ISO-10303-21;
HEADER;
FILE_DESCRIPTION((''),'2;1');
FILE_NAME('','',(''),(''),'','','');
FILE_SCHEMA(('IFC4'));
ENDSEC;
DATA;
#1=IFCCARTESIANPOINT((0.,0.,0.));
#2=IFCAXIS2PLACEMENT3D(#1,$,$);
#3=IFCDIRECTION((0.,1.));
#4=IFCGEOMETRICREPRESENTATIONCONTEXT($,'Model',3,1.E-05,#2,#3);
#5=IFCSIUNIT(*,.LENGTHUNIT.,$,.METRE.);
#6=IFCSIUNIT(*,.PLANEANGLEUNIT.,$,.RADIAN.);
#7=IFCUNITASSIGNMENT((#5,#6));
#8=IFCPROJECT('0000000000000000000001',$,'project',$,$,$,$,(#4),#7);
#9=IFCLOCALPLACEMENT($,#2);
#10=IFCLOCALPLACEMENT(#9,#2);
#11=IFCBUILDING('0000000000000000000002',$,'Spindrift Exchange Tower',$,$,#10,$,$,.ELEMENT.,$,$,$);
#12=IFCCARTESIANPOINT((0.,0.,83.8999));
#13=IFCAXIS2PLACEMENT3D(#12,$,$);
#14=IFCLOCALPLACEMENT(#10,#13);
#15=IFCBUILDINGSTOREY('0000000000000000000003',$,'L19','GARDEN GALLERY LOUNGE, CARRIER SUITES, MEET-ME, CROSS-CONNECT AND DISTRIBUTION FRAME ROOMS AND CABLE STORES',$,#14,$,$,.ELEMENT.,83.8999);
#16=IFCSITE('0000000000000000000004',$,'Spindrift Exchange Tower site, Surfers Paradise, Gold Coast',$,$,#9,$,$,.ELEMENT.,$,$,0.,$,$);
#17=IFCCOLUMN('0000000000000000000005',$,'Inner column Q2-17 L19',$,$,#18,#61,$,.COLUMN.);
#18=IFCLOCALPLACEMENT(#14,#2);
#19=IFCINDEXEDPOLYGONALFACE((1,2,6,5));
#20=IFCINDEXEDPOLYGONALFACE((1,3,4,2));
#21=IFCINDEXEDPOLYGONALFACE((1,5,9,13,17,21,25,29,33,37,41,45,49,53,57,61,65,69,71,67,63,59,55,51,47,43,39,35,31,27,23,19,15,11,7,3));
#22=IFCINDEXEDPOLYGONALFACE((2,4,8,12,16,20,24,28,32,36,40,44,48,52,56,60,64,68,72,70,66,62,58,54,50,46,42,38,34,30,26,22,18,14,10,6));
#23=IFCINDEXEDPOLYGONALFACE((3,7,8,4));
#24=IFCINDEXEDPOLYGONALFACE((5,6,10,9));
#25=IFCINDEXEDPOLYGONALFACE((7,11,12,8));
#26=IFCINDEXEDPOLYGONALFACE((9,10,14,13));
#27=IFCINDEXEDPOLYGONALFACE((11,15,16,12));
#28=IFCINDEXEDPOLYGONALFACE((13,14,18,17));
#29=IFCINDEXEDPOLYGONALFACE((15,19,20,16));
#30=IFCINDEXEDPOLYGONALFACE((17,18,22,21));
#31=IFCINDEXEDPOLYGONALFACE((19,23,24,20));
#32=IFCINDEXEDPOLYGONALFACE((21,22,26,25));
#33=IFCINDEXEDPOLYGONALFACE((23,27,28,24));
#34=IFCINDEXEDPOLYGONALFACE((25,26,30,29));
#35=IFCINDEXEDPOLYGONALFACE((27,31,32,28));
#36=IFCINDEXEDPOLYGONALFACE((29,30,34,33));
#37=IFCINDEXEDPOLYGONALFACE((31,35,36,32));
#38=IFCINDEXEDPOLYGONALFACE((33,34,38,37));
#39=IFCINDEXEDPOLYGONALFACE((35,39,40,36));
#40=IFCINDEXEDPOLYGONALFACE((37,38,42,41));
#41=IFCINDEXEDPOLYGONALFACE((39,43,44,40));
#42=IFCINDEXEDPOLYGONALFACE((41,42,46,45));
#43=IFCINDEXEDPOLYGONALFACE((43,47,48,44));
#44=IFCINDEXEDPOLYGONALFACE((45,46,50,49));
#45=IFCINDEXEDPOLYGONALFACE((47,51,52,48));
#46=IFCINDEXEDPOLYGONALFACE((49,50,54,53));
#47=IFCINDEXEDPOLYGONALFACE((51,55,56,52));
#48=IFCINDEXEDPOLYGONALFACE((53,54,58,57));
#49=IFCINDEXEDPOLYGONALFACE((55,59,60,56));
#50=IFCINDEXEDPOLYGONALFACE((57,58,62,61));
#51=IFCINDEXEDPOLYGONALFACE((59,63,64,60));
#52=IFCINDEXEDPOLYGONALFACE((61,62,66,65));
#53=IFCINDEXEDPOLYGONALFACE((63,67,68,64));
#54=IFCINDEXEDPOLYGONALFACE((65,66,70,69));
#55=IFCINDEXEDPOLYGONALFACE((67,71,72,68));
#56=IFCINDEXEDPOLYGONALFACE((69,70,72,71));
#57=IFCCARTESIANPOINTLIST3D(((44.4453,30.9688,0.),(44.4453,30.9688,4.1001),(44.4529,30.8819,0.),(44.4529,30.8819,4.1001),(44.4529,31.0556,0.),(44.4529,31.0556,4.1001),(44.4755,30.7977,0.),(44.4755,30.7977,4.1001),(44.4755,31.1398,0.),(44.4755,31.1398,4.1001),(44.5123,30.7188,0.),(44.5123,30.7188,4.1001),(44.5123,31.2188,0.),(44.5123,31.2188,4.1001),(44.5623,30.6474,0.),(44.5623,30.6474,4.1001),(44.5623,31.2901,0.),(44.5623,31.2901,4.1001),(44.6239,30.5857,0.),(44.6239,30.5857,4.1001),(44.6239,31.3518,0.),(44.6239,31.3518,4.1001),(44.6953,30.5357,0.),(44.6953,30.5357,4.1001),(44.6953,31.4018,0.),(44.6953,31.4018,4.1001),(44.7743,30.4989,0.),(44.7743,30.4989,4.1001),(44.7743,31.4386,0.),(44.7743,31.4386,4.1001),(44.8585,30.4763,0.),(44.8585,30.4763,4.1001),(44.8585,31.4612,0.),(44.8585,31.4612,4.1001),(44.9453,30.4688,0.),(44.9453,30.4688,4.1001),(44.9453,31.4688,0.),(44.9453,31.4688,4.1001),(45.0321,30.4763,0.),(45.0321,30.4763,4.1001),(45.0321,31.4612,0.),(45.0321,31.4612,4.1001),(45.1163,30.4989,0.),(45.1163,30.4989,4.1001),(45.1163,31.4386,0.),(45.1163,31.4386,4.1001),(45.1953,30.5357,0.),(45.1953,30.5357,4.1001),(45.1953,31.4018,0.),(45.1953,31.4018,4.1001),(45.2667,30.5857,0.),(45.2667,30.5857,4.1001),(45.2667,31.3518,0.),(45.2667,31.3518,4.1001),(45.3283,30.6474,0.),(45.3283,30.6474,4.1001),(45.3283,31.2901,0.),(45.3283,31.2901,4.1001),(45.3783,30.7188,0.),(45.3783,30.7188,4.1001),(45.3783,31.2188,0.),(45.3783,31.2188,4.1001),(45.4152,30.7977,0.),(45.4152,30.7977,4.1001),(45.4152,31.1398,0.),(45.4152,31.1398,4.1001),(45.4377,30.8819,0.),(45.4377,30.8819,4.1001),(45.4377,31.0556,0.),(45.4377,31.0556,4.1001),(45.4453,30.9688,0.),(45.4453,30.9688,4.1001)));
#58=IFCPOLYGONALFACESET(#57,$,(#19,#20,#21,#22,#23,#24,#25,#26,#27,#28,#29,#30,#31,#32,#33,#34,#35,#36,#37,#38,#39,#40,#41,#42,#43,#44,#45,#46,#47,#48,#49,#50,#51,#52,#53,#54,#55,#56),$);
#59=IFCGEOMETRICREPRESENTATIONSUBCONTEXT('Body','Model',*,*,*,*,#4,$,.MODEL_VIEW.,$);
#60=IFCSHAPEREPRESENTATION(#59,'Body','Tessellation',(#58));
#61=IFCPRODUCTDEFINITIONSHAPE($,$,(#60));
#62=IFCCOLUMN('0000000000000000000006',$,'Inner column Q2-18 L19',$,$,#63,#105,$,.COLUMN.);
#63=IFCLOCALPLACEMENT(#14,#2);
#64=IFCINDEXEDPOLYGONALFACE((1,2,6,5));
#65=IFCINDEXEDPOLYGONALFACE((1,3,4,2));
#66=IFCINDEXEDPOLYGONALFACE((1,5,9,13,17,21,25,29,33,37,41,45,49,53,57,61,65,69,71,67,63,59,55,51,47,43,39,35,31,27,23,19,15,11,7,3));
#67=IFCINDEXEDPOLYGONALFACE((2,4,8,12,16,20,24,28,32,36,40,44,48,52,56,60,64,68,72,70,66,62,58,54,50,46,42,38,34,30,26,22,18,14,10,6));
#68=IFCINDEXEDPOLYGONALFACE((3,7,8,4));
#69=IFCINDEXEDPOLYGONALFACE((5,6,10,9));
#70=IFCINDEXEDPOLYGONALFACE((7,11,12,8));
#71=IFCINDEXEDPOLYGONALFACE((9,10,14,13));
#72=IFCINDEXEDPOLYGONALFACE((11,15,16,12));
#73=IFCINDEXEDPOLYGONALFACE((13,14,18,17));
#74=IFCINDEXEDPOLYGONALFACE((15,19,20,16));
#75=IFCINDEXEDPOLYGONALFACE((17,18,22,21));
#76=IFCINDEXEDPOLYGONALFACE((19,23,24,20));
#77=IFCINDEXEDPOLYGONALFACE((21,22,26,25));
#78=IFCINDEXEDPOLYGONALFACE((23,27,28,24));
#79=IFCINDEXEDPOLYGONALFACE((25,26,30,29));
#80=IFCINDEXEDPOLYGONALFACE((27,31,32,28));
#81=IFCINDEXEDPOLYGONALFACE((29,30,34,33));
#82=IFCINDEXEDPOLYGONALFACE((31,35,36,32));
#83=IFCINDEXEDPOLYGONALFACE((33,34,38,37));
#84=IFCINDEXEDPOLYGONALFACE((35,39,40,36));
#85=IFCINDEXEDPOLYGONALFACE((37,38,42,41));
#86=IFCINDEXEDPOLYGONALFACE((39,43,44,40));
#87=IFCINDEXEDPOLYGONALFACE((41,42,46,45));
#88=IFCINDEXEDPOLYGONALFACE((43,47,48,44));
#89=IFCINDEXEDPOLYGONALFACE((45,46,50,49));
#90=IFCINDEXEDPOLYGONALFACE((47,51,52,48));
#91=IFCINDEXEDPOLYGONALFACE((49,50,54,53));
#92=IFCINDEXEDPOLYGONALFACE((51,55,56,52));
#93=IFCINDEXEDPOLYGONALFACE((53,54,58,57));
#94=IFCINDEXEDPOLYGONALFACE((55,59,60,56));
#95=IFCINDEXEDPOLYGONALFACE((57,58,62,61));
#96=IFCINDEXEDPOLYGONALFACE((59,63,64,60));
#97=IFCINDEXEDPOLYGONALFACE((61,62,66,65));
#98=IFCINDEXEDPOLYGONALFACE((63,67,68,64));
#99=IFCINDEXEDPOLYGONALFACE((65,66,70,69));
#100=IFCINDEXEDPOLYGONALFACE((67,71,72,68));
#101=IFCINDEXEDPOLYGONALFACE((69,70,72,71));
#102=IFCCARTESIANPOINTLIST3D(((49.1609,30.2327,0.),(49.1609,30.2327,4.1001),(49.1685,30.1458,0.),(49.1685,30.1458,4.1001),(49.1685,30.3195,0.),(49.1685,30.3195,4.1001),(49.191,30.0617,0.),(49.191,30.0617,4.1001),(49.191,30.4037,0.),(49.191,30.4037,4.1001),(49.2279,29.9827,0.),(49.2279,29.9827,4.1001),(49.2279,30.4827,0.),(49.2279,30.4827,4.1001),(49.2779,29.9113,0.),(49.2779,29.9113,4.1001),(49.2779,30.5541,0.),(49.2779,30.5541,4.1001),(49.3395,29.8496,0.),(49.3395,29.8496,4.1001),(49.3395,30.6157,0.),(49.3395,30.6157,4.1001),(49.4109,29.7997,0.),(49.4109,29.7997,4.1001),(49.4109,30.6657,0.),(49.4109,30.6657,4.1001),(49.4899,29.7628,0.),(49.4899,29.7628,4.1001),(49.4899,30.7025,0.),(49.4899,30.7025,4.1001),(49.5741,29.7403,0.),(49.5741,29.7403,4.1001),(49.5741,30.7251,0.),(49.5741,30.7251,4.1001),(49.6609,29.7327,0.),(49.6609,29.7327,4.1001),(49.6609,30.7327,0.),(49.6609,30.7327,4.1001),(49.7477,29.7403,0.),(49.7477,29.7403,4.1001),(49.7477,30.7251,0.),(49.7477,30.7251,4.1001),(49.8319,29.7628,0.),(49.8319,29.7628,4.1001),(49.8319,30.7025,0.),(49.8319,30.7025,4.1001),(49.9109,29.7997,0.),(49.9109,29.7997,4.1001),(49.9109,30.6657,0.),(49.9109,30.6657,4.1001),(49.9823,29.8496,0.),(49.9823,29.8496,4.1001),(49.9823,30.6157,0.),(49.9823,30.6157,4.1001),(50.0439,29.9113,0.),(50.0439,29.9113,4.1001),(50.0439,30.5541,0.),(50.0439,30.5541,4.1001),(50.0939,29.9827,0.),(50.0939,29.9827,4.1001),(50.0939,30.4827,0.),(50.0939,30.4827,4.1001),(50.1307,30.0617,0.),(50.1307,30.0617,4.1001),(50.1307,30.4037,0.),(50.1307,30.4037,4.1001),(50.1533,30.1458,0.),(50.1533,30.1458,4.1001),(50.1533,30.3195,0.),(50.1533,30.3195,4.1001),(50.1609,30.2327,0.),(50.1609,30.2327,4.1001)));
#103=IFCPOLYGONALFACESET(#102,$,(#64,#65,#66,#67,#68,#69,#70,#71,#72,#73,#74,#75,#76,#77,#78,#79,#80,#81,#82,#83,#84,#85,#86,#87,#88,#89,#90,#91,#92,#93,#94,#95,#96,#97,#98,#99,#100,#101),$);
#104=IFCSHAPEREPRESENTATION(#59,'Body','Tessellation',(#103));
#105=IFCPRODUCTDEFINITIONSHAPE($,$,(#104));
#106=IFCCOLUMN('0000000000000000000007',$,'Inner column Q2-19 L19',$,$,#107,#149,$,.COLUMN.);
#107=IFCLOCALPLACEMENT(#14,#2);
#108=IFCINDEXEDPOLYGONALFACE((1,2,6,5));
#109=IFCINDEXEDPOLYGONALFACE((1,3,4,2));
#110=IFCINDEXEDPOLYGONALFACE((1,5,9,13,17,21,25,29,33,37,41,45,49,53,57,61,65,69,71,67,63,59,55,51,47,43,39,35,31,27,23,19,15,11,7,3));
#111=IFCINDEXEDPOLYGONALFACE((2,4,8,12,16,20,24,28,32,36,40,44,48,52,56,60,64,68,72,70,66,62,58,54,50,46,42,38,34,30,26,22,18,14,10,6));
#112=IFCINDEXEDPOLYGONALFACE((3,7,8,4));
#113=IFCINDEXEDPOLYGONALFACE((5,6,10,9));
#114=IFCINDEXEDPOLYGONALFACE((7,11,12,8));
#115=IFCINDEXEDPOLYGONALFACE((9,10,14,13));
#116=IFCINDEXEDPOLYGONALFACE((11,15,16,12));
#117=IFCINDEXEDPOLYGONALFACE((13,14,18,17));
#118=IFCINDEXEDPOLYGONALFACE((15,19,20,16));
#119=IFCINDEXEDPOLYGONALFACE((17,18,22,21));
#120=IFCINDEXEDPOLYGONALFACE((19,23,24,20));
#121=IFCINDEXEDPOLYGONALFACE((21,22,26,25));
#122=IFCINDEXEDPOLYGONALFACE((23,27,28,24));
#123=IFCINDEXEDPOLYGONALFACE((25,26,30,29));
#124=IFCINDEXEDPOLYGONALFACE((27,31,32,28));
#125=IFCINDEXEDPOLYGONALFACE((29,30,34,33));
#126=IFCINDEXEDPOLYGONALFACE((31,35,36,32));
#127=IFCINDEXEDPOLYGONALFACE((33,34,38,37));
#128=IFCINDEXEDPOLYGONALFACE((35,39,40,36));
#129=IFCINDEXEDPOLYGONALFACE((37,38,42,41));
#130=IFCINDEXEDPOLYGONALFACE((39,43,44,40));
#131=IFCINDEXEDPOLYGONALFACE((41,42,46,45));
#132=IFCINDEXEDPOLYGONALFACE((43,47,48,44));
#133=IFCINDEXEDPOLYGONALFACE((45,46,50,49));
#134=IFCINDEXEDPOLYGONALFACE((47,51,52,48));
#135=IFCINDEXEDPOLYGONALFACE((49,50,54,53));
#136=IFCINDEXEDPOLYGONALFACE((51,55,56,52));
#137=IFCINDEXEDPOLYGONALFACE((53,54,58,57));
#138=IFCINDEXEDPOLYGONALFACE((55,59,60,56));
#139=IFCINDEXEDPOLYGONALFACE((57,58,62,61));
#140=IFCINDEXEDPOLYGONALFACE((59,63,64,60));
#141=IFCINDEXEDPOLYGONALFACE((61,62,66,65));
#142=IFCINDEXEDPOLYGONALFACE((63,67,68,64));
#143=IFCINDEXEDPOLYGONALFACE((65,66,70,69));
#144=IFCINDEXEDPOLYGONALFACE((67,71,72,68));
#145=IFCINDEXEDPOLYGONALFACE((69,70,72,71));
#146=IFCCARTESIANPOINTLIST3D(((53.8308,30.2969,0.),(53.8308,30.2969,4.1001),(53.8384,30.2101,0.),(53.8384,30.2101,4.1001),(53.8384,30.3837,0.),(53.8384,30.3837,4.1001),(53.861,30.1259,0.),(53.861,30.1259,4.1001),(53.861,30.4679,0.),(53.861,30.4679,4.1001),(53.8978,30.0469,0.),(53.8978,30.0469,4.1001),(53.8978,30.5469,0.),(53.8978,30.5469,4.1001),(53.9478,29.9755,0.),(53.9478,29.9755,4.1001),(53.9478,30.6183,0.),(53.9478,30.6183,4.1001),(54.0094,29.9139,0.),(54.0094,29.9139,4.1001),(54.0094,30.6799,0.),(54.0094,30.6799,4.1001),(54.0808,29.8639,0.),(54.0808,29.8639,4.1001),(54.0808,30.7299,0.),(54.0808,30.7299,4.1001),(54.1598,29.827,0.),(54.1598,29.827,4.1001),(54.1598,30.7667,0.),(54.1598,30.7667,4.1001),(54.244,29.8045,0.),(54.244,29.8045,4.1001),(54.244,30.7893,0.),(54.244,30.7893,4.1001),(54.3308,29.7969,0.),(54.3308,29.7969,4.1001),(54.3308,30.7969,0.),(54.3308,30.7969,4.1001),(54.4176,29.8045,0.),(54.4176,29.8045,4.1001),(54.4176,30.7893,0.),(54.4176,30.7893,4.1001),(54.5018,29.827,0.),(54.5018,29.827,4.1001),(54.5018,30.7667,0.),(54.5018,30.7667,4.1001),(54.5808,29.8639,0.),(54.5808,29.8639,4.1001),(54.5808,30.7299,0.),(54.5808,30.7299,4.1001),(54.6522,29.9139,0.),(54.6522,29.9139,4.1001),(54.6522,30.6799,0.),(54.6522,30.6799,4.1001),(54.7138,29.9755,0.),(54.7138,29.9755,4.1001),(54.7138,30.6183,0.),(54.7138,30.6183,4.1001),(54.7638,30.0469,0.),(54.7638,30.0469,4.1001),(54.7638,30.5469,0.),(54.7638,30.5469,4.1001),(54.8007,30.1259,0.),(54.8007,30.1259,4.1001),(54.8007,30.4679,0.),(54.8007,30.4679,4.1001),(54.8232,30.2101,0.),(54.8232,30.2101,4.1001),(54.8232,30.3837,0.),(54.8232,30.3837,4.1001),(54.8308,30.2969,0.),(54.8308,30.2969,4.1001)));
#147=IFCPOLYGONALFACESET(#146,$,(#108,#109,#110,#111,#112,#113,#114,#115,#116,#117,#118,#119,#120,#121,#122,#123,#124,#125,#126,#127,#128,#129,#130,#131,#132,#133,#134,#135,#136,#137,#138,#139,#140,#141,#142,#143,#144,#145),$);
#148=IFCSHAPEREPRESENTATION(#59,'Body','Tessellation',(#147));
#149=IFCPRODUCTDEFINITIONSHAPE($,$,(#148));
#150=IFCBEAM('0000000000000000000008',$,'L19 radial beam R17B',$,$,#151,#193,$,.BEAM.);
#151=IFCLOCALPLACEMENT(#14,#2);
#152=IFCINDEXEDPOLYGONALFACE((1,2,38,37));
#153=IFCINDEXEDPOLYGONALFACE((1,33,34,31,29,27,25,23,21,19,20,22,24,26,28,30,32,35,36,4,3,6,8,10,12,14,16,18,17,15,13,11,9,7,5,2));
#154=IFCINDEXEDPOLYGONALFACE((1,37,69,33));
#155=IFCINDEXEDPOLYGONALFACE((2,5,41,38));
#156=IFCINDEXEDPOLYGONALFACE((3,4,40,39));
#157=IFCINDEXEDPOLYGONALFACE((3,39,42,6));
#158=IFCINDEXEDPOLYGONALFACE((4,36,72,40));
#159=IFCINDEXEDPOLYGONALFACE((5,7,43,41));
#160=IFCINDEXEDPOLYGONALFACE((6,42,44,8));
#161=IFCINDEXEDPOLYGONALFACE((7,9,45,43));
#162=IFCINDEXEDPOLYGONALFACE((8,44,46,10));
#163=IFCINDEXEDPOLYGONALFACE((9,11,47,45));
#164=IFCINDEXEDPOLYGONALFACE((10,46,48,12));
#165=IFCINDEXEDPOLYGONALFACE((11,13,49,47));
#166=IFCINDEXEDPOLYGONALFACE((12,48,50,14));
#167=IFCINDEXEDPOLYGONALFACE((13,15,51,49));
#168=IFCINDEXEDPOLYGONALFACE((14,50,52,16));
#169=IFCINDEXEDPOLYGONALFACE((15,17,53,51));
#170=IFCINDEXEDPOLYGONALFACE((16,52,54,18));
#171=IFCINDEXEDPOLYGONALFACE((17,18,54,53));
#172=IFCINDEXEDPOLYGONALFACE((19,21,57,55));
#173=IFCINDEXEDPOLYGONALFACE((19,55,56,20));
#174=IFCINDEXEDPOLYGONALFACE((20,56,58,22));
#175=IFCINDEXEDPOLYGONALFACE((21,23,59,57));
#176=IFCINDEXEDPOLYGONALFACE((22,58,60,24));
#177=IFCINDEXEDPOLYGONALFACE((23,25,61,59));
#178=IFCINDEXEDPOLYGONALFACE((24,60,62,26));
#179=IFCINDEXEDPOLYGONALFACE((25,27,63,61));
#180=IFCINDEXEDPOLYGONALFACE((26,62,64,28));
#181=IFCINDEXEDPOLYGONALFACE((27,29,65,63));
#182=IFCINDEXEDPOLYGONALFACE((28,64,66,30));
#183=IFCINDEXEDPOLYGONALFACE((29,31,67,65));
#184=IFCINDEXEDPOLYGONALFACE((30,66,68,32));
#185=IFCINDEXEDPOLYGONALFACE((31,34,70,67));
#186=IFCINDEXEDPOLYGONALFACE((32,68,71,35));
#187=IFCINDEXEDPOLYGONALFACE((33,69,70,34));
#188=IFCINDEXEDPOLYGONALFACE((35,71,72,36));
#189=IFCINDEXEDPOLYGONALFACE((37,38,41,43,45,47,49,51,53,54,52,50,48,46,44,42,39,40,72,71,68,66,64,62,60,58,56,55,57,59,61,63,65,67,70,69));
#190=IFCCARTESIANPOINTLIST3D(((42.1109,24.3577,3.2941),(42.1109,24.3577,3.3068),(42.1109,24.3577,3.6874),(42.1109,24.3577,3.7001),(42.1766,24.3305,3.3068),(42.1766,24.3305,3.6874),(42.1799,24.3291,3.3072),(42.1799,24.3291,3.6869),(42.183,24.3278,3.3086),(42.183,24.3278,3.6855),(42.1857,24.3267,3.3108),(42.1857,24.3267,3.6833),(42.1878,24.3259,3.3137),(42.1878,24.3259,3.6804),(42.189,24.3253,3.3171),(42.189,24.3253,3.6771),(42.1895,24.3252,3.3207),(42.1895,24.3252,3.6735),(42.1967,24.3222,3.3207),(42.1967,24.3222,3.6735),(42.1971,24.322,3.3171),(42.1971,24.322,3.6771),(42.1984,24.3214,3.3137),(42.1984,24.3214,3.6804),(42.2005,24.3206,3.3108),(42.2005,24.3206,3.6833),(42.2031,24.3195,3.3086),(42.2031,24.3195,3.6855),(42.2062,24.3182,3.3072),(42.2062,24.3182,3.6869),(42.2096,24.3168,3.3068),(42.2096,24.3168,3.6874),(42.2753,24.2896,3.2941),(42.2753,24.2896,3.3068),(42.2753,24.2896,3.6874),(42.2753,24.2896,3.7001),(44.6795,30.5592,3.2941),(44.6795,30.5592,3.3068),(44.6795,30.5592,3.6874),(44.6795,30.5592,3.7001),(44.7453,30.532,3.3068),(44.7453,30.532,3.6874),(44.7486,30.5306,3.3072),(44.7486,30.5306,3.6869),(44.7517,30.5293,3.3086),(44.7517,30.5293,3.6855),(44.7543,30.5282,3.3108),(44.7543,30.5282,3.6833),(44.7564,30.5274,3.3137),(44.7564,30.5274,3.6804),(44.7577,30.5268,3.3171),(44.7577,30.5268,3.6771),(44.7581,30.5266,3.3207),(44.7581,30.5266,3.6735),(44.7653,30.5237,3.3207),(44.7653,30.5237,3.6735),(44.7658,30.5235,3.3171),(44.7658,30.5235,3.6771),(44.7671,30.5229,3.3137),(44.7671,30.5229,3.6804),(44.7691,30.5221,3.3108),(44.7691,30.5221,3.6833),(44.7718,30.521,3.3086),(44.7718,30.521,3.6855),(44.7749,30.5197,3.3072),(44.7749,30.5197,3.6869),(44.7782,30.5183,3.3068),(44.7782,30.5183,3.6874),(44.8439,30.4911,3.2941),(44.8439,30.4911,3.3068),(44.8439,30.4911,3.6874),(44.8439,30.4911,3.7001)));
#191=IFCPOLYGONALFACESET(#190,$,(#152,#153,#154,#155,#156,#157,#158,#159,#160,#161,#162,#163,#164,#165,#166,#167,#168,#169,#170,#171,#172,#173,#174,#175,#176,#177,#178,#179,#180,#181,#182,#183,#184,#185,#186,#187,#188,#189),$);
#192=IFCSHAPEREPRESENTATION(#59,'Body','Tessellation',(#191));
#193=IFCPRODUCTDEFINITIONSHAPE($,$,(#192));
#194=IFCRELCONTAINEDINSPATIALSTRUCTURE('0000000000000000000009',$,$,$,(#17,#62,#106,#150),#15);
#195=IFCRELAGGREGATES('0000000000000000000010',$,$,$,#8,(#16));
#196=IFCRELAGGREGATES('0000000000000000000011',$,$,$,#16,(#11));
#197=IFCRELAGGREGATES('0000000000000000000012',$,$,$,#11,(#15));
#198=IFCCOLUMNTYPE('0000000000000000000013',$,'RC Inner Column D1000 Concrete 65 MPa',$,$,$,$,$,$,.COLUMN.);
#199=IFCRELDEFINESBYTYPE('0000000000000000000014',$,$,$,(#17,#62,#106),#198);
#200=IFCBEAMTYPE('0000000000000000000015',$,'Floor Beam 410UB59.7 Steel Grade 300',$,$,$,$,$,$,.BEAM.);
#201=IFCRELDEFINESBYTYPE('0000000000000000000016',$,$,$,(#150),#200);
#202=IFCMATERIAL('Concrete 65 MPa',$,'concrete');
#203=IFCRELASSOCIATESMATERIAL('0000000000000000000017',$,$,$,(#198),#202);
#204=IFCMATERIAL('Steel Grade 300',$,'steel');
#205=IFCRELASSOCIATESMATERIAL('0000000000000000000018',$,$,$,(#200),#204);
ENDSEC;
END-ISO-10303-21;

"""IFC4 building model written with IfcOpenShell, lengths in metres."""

from ifc_helpers import new_model, si_unit, direction, frame, origin, origin_2d, place, context, subcontext, project, spatial, circle, i_section, extrude, source, transform, mapped, material, material_profile, profile_set, type_object, element, save


model = new_model("IFC4")

# Units and contexts
model_context = context("Model", 3, precision=1e-05, world=origin(), true_north=direction((0.0, 1.0)))
body_context = subcontext(model_context, "Body", "Model", "MODEL_VIEW")
ifc_project = project(units=[si_unit("LENGTHUNIT", "METRE"), si_unit("PLANEANGLEUNIT", "RADIAN")], contexts=[model_context])

# Site, building, storey
site_placement = place(None, origin())
site = spatial("IfcSite", under=ifc_project, at=site_placement, Name="Spindrift Exchange Tower site, Surfers Paradise, Gold Coast", CompositionType="ELEMENT", RefElevation=0.0)
building_placement = place(site_placement, origin())
building = spatial("IfcBuilding", under=site, at=building_placement, Name="Spindrift Exchange Tower", CompositionType="ELEMENT")
storey_placement = place(building_placement, frame((0.0, 0.0, 83.8999)))
storey = spatial("IfcBuildingStorey", under=building, at=storey_placement, Name="L19", Description="GARDEN GALLERY LOUNGE, CARRIER SUITES, MEET-ME, CROSS-CONNECT AND DISTRIBUTION FRAME ROOMS AND CABLE STORES", CompositionType="ELEMENT", Elevation=83.8999)

# Columns
ifc_material_1 = material(Name="Concrete 65 MPa", Category="concrete")
ifc_material_profile_1 = material_profile(ifc_material_1, circle(Radius=0.5, at=origin_2d()), Name="RC D1000")
ifc_profile_set_1 = profile_set([ifc_material_profile_1], Name="Concrete 65 MPa")
column_type_1 = type_object("IfcColumnType", Name="RC Inner Column D1000 Concrete 65 MPa", PredefinedType="COLUMN", material=ifc_profile_set_1)
shared_shape_1 = source(origin(), body_context, "Body", "SweptSolid", [
    extrude(circle(Radius=0.5, at=origin_2d()), origin(), (0.0, 0.0, 1.0), 4.1001),
])
for number, where, z_axis, x_axis, name in (
    (1, (44.9453, 30.9688, 0.0), (0.0, 0.0, 1.0), (1.0, 0.0, 0.0), "Inner column Q2-17 L19"),
    (2, (49.6609, 30.2327, 0.0), (0.0, 0.0, 1.0), (1.0, 0.0, 0.0), "Inner column Q2-18 L19"),
    (3, (54.3308, 30.2969, 0.0), (0.0, 0.0, 1.0), (1.0, 0.0, 0.0), "Inner column Q2-19 L19"),
):
    element("IfcColumn", number, at=place(storey_placement, frame(where, z_axis=z_axis, x_axis=x_axis)), inside=storey, type_object=column_type_1, Name=name, PredefinedType="COLUMN", context=body_context, shape_type="MappedRepresentation", body=[
        mapped(shared_shape_1, transform((0.0, 0.0, 0.0), scale=1.0)),
    ])

# Beam
ifc_material_2 = material(Name="Steel Grade 300", Category="steel")
ifc_material_profile_2 = material_profile(ifc_material_2, i_section(OverallWidth=0.178, OverallDepth=0.406, WebThickness=0.0078, FlangeThickness=0.0127, FilletRadius=0.0139, at=origin_2d()), Name="410UB59.7")
ifc_profile_set_2 = profile_set([ifc_material_profile_2], Name="Steel Grade 300")
beam_type_1 = type_object("IfcBeamType", Name="Floor Beam 410UB59.7 Steel Grade 300", PredefinedType="BEAM", material=ifc_profile_set_2)
shared_shape_2 = source(origin(), body_context, "Body", "SweptSolid", [
    extrude(i_section(OverallWidth=0.178, OverallDepth=0.406, WebThickness=0.0078, FlangeThickness=0.0127, FilletRadius=0.0139, at=origin_2d()), origin(), (0.0, 0.0, 1.0), 6.7124),
])
beam_1_placement = place(storey_placement, frame((44.7617, 30.5251, 3.4971), z_axis=(-0.38267, -0.923885, 0.0), x_axis=(0.923885, -0.38267, 0.0)))
element("IfcBeam", 4, at=beam_1_placement, inside=storey, type_object=beam_type_1, Name="L19 radial beam R17B", PredefinedType="BEAM", context=body_context, shape_type="MappedRepresentation", body=[
    mapped(shared_shape_2, transform((0.0, 0.0, 0.0), scale=1.0)),
])

save(model, "model.ifc")
